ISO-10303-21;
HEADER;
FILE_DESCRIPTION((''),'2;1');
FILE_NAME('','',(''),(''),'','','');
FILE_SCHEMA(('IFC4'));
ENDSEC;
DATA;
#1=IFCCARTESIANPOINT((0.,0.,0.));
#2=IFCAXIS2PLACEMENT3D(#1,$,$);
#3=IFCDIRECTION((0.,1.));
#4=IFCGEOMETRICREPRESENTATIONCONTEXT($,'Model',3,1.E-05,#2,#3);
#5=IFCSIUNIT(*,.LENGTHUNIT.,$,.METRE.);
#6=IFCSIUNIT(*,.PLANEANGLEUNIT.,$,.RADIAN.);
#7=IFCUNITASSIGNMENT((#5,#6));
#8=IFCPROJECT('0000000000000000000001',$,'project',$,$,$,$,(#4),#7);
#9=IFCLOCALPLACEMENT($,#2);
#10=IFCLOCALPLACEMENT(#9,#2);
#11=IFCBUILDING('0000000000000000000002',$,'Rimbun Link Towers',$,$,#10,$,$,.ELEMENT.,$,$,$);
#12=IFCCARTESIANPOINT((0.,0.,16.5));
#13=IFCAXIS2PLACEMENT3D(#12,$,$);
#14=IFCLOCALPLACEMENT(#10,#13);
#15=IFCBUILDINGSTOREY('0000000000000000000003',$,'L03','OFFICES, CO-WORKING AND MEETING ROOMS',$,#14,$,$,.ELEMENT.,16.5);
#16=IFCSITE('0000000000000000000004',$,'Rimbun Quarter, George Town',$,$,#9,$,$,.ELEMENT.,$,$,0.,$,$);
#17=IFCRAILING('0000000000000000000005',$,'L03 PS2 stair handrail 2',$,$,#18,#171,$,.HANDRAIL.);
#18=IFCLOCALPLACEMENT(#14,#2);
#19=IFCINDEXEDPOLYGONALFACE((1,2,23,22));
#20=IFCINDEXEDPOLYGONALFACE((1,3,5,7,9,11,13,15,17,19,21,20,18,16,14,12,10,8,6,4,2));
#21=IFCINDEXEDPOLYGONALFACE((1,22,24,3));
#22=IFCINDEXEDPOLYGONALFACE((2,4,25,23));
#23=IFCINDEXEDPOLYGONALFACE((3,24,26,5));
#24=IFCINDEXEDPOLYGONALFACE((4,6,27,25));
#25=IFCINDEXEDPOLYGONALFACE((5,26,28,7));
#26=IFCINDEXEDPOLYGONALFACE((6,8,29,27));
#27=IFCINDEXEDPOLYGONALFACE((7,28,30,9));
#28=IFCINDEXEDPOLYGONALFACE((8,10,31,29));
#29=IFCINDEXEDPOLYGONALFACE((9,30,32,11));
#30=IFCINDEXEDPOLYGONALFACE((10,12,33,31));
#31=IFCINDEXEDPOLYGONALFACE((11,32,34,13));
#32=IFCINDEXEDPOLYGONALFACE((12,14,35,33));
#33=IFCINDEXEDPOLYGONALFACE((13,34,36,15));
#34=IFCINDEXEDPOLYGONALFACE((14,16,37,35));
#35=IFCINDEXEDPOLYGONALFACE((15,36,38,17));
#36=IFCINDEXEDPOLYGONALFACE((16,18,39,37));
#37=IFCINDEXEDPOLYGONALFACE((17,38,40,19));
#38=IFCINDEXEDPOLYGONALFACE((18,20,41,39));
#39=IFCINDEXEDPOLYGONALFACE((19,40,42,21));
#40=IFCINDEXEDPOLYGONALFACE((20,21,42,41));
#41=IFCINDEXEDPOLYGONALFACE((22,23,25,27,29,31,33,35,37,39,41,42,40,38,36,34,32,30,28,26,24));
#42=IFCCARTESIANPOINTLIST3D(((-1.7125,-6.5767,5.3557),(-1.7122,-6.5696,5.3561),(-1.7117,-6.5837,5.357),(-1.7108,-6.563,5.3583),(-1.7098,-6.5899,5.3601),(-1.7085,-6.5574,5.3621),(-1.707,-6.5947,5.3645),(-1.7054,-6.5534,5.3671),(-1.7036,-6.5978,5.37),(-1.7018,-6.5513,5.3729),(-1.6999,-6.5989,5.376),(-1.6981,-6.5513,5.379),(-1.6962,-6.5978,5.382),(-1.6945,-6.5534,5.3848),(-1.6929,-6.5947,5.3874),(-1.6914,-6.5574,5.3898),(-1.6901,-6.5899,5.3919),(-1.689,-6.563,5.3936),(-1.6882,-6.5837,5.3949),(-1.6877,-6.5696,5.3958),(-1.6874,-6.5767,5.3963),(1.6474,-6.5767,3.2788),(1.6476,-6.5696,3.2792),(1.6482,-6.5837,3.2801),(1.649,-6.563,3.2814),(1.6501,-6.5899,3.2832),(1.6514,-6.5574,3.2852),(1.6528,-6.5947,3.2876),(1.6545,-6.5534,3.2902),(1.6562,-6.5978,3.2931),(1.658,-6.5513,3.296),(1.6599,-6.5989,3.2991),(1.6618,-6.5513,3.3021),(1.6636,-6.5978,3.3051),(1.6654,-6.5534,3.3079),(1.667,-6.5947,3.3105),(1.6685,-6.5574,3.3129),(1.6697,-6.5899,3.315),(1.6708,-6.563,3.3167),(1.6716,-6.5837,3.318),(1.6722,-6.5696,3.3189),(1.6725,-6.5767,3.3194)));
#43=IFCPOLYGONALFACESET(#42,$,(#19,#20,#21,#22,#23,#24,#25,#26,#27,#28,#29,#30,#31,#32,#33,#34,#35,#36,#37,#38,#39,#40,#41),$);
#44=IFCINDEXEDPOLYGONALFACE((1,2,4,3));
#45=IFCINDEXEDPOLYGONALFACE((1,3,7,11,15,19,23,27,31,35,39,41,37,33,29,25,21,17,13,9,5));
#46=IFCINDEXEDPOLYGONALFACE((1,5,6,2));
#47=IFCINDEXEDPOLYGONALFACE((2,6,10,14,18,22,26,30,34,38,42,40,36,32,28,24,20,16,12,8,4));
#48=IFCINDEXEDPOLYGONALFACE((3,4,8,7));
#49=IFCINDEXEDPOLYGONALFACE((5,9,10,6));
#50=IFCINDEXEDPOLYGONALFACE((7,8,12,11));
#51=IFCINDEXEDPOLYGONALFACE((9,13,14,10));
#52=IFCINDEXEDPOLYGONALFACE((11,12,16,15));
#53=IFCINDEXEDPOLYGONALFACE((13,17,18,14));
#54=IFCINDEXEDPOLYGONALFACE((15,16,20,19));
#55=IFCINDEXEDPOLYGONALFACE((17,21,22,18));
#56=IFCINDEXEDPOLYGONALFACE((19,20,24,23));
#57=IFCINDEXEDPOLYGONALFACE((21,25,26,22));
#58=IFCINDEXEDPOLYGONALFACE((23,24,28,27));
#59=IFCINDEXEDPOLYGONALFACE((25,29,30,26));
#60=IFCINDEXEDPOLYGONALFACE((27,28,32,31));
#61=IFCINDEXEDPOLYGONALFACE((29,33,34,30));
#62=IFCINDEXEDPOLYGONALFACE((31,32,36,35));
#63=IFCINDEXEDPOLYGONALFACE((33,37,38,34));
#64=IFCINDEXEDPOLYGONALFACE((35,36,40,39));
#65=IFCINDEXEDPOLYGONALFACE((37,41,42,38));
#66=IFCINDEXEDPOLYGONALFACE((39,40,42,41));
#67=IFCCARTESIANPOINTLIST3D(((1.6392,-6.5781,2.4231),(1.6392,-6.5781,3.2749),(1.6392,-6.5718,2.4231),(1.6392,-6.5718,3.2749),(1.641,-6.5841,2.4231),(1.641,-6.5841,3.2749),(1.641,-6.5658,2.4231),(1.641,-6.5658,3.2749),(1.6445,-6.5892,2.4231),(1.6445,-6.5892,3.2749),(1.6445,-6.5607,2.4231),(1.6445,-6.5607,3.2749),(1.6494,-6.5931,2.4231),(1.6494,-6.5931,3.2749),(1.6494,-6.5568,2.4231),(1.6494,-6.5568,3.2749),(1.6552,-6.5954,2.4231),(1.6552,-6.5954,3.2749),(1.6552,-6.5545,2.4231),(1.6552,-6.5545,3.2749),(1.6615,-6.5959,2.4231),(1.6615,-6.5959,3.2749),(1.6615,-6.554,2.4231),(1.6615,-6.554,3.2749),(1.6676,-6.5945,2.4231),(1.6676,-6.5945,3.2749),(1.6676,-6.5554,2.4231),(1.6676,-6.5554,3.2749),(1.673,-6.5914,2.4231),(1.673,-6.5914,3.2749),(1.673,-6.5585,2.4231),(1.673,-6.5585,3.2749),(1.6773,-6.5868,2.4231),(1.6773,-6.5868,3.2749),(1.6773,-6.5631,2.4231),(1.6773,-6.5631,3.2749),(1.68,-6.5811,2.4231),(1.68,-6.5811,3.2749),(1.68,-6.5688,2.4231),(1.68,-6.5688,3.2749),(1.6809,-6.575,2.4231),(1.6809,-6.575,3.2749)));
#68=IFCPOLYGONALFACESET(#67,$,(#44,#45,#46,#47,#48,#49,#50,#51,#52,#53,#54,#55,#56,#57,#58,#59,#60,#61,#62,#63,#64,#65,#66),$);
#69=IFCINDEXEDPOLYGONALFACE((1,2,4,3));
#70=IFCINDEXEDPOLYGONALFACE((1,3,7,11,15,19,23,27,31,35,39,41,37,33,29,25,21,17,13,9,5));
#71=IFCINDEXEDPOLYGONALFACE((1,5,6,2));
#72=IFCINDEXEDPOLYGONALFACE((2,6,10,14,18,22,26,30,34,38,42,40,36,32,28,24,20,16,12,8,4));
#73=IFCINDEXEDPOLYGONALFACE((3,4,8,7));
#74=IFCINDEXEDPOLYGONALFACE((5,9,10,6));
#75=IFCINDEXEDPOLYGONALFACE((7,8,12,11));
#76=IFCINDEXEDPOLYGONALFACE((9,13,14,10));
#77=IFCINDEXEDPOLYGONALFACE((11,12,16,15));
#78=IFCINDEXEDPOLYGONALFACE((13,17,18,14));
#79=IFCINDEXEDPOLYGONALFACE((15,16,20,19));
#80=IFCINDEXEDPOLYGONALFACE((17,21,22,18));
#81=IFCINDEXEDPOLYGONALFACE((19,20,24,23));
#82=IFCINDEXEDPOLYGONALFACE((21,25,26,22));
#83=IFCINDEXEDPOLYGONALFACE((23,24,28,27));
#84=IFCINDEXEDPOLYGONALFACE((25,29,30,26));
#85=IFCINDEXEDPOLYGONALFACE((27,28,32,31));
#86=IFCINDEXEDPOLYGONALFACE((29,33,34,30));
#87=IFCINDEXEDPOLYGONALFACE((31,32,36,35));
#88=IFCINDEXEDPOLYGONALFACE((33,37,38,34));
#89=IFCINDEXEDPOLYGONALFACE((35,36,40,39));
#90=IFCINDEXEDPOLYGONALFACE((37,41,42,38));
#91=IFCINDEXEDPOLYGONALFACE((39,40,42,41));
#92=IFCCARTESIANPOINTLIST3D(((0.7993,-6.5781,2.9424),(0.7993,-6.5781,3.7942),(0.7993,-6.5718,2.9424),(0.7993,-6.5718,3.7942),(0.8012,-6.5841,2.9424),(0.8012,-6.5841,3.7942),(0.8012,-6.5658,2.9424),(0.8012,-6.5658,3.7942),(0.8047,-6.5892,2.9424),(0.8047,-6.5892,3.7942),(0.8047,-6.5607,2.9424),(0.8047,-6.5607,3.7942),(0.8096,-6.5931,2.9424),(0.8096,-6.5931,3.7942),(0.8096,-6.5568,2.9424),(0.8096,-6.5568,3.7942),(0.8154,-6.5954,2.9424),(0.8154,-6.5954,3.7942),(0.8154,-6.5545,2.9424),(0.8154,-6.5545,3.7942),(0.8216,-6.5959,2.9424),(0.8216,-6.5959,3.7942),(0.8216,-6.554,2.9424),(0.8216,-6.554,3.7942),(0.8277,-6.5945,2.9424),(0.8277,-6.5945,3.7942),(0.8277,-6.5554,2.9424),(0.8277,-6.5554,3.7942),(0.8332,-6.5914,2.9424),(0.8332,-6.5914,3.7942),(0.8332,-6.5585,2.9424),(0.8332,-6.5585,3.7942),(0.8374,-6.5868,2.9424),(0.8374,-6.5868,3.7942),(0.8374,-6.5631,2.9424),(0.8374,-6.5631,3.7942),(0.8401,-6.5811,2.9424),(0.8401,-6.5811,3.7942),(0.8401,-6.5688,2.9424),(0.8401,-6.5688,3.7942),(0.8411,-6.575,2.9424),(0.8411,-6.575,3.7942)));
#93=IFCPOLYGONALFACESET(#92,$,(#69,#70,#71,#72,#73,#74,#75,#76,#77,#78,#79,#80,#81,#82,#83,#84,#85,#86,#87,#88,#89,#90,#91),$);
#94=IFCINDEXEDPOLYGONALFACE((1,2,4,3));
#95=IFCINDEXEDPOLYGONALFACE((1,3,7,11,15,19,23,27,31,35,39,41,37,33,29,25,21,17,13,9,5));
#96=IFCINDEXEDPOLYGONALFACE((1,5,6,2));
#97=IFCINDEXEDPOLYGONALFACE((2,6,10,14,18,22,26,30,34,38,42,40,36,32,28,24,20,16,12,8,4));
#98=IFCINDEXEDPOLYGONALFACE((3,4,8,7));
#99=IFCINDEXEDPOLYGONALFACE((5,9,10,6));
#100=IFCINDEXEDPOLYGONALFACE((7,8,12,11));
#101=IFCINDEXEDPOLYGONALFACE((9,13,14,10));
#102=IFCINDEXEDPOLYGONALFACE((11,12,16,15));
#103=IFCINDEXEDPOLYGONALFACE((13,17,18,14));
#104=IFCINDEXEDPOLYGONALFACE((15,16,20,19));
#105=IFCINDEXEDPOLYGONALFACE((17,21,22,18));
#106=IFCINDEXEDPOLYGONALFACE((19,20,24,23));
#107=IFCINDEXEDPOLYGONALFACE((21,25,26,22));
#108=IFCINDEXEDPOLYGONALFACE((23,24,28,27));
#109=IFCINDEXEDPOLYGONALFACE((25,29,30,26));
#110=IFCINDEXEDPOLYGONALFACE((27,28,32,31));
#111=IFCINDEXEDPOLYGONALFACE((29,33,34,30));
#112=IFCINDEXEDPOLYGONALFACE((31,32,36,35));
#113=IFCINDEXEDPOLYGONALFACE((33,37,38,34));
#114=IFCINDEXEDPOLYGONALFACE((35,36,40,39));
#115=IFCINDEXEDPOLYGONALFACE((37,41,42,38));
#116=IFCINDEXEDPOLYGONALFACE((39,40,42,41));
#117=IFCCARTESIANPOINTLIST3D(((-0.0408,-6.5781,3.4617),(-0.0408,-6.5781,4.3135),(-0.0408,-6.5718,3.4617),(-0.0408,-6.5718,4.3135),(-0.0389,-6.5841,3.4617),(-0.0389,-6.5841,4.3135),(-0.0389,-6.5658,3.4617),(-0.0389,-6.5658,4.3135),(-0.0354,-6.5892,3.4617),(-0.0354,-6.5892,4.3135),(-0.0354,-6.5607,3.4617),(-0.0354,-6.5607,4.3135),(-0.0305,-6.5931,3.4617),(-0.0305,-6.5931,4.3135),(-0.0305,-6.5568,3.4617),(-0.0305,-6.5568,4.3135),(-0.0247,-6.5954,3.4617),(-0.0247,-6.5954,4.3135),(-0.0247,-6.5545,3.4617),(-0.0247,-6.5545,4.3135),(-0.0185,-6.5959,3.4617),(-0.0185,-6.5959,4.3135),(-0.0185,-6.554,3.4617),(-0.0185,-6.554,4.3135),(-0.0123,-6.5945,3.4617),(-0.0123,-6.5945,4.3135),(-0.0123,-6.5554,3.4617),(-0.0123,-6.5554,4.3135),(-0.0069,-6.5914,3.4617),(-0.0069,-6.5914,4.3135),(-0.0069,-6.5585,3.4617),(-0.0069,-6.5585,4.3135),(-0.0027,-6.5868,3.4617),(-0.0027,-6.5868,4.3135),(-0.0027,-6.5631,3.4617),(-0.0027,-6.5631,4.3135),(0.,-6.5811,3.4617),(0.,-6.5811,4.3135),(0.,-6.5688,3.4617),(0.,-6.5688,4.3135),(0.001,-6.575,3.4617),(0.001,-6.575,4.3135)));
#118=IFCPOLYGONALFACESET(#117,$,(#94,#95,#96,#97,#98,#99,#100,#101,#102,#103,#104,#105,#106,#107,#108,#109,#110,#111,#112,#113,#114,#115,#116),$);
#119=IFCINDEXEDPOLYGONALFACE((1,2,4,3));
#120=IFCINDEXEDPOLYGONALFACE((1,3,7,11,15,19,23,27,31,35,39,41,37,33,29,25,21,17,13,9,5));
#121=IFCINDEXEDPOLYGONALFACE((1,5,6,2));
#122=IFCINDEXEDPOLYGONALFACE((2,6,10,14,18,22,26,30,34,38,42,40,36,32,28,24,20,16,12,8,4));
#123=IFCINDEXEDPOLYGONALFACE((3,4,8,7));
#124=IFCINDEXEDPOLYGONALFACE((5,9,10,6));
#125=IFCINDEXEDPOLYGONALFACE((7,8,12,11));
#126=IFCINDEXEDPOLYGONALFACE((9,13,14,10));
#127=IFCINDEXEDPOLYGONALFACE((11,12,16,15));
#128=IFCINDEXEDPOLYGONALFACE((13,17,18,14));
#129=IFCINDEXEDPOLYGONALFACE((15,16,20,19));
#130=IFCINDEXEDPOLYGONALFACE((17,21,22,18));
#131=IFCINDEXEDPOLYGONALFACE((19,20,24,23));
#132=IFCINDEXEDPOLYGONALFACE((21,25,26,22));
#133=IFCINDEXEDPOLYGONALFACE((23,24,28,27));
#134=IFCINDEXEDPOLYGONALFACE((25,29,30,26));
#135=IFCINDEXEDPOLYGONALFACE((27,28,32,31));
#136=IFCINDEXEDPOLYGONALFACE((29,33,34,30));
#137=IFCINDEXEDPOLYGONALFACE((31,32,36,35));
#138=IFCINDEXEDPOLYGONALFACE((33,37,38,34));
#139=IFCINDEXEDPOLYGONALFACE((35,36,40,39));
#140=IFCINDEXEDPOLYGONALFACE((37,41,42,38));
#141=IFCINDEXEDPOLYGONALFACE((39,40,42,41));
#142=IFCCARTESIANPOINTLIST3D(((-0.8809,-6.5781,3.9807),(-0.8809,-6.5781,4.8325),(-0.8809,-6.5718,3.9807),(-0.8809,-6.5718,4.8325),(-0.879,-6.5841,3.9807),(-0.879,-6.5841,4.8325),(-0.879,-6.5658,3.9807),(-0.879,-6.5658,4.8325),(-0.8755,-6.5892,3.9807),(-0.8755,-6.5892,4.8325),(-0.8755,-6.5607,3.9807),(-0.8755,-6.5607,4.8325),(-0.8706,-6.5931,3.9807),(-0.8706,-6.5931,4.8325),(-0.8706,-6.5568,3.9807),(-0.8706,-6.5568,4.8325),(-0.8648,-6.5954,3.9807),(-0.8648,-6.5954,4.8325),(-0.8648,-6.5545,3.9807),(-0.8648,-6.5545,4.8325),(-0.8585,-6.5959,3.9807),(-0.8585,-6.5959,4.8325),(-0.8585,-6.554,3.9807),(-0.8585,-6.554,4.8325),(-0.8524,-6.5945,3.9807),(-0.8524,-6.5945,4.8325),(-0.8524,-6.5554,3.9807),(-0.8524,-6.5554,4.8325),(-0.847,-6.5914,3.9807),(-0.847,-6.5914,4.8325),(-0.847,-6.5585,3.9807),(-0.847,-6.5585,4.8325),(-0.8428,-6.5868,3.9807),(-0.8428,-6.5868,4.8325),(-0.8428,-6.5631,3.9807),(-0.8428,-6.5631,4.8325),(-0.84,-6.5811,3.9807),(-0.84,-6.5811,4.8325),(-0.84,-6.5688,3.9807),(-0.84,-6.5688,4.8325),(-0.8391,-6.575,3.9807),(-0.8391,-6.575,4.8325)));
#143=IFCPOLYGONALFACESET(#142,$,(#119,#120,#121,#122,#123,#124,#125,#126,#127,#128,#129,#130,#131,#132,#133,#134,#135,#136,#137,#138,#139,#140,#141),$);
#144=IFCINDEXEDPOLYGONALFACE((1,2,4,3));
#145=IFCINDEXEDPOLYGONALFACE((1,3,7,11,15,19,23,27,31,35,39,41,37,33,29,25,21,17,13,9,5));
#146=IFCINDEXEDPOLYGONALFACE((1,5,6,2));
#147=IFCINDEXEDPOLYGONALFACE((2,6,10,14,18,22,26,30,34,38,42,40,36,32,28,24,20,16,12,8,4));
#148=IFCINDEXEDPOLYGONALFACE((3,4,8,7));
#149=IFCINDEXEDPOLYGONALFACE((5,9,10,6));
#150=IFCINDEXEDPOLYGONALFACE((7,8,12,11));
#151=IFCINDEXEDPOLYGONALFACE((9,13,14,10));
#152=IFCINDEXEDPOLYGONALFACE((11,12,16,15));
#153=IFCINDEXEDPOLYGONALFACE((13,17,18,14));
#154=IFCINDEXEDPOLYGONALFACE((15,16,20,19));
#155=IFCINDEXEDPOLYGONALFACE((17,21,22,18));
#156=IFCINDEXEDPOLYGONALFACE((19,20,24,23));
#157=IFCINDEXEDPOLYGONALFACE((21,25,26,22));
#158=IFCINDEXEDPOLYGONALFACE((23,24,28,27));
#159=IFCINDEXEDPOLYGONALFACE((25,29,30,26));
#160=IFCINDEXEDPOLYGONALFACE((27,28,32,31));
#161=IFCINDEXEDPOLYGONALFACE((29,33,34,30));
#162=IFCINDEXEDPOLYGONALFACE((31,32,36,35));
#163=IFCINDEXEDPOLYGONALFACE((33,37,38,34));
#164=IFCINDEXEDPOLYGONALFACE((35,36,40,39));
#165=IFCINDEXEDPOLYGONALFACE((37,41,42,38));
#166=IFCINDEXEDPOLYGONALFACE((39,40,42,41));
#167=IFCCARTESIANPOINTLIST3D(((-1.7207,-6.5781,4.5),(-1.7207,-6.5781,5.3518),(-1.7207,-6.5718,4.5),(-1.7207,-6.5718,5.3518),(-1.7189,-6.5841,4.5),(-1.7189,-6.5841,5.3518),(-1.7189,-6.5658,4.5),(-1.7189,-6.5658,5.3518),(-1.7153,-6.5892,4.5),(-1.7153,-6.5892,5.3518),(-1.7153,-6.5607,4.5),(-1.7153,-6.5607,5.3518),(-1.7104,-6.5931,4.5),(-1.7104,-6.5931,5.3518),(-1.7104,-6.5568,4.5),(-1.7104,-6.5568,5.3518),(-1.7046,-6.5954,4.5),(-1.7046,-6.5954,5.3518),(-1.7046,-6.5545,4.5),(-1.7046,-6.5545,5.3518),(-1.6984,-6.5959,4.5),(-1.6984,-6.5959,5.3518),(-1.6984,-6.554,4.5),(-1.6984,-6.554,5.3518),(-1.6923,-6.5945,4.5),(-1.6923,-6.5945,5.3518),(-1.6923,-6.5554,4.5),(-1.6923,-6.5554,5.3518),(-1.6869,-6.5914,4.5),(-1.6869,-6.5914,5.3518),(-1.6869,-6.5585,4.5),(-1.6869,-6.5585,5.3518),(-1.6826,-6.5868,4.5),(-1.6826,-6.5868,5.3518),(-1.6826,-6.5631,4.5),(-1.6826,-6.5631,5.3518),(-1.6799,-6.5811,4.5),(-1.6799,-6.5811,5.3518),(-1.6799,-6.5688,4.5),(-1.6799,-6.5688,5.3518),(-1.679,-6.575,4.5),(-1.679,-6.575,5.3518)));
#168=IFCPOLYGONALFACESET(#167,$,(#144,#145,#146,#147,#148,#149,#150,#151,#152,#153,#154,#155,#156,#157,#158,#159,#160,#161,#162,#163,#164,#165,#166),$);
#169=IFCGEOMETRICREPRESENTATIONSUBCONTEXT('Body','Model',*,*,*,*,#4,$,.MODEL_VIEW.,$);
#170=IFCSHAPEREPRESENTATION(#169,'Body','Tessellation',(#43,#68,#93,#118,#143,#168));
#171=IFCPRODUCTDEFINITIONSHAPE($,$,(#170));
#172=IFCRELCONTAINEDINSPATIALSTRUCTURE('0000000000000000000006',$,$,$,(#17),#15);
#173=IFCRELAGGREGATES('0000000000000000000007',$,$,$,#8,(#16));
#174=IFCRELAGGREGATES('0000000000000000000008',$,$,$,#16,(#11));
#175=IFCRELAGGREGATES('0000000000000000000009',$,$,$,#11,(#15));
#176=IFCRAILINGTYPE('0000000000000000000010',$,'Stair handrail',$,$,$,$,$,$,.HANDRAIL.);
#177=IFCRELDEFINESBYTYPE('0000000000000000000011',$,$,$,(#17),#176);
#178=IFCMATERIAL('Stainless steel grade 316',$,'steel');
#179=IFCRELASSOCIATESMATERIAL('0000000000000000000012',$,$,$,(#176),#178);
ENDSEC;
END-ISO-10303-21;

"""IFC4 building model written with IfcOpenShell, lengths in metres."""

from ifc_helpers import new_model, si_unit, direction, frame, origin, origin_2d, place, context, subcontext, project, spatial, circle, extrude, material, type_object, element, save


model = new_model("IFC4")

# Units and contexts
model_context = context("Model", 3, precision=1e-05, world=origin(), true_north=direction((0.0, 1.0)))
body_context = subcontext(model_context, "Body", "Model", "MODEL_VIEW")
ifc_project = project(units=[si_unit("LENGTHUNIT", "METRE"), si_unit("PLANEANGLEUNIT", "RADIAN")], contexts=[model_context])

# Site, building, storey
site_placement = place(None, origin())
site = spatial("IfcSite", under=ifc_project, at=site_placement, Name="Rimbun Quarter, George Town", CompositionType="ELEMENT", RefElevation=0.0)
building_placement = place(site_placement, origin())
building = spatial("IfcBuilding", under=site, at=building_placement, Name="Rimbun Link Towers", CompositionType="ELEMENT")
storey_placement = place(building_placement, frame((0.0, 0.0, 16.5)))
storey = spatial("IfcBuildingStorey", under=building, at=storey_placement, Name="L03", Description="OFFICES, CO-WORKING AND MEETING ROOMS", CompositionType="ELEMENT", Elevation=16.5)

# Railing
ifc_material_1 = material(Name="Stainless steel grade 316", Category="steel")
railing_type_1 = type_object("IfcRailingType", Name="Stair handrail", PredefinedType="HANDRAIL", material=ifc_material_1)
railing_1_placement = place(storey_placement, frame((1.6599, -6.575, 2.4231)))
element("IfcRailing", 1, at=railing_1_placement, inside=storey, type_object=railing_type_1, Name="L03 PS2 stair handrail 2", PredefinedType="HANDRAIL", context=body_context, shape_type="SweptSolid", body=[
    extrude(circle(Radius=0.0239, at=origin_2d()), frame((0.0, 0.0, 0.876), z_axis=(-0.850606, 0.0, 0.525803), x_axis=(0.0, -1.0, 0.0)), (0.0, 0.0, 1.0), 3.95),
    extrude(circle(Radius=0.021, at=origin_2d()), origin(), (0.0, 0.0, 1.0), 0.8518),
    extrude(circle(Radius=0.021, at=origin_2d()), frame((-0.8398, 0.0, 0.5193)), (0.0, 0.0, 1.0), 0.8518),
    extrude(circle(Radius=0.021, at=origin_2d()), frame((-1.6799, 0.0, 1.0386)), (0.0, 0.0, 1.0), 0.8518),
    extrude(circle(Radius=0.021, at=origin_2d()), frame((-2.52, 0.0, 1.5576)), (0.0, 0.0, 1.0), 0.8518),
    extrude(circle(Radius=0.021, at=origin_2d()), frame((-3.3599, 0.0, 2.0769)), (0.0, 0.0, 1.0), 0.8518),
])

save(model, "model.ifc")
